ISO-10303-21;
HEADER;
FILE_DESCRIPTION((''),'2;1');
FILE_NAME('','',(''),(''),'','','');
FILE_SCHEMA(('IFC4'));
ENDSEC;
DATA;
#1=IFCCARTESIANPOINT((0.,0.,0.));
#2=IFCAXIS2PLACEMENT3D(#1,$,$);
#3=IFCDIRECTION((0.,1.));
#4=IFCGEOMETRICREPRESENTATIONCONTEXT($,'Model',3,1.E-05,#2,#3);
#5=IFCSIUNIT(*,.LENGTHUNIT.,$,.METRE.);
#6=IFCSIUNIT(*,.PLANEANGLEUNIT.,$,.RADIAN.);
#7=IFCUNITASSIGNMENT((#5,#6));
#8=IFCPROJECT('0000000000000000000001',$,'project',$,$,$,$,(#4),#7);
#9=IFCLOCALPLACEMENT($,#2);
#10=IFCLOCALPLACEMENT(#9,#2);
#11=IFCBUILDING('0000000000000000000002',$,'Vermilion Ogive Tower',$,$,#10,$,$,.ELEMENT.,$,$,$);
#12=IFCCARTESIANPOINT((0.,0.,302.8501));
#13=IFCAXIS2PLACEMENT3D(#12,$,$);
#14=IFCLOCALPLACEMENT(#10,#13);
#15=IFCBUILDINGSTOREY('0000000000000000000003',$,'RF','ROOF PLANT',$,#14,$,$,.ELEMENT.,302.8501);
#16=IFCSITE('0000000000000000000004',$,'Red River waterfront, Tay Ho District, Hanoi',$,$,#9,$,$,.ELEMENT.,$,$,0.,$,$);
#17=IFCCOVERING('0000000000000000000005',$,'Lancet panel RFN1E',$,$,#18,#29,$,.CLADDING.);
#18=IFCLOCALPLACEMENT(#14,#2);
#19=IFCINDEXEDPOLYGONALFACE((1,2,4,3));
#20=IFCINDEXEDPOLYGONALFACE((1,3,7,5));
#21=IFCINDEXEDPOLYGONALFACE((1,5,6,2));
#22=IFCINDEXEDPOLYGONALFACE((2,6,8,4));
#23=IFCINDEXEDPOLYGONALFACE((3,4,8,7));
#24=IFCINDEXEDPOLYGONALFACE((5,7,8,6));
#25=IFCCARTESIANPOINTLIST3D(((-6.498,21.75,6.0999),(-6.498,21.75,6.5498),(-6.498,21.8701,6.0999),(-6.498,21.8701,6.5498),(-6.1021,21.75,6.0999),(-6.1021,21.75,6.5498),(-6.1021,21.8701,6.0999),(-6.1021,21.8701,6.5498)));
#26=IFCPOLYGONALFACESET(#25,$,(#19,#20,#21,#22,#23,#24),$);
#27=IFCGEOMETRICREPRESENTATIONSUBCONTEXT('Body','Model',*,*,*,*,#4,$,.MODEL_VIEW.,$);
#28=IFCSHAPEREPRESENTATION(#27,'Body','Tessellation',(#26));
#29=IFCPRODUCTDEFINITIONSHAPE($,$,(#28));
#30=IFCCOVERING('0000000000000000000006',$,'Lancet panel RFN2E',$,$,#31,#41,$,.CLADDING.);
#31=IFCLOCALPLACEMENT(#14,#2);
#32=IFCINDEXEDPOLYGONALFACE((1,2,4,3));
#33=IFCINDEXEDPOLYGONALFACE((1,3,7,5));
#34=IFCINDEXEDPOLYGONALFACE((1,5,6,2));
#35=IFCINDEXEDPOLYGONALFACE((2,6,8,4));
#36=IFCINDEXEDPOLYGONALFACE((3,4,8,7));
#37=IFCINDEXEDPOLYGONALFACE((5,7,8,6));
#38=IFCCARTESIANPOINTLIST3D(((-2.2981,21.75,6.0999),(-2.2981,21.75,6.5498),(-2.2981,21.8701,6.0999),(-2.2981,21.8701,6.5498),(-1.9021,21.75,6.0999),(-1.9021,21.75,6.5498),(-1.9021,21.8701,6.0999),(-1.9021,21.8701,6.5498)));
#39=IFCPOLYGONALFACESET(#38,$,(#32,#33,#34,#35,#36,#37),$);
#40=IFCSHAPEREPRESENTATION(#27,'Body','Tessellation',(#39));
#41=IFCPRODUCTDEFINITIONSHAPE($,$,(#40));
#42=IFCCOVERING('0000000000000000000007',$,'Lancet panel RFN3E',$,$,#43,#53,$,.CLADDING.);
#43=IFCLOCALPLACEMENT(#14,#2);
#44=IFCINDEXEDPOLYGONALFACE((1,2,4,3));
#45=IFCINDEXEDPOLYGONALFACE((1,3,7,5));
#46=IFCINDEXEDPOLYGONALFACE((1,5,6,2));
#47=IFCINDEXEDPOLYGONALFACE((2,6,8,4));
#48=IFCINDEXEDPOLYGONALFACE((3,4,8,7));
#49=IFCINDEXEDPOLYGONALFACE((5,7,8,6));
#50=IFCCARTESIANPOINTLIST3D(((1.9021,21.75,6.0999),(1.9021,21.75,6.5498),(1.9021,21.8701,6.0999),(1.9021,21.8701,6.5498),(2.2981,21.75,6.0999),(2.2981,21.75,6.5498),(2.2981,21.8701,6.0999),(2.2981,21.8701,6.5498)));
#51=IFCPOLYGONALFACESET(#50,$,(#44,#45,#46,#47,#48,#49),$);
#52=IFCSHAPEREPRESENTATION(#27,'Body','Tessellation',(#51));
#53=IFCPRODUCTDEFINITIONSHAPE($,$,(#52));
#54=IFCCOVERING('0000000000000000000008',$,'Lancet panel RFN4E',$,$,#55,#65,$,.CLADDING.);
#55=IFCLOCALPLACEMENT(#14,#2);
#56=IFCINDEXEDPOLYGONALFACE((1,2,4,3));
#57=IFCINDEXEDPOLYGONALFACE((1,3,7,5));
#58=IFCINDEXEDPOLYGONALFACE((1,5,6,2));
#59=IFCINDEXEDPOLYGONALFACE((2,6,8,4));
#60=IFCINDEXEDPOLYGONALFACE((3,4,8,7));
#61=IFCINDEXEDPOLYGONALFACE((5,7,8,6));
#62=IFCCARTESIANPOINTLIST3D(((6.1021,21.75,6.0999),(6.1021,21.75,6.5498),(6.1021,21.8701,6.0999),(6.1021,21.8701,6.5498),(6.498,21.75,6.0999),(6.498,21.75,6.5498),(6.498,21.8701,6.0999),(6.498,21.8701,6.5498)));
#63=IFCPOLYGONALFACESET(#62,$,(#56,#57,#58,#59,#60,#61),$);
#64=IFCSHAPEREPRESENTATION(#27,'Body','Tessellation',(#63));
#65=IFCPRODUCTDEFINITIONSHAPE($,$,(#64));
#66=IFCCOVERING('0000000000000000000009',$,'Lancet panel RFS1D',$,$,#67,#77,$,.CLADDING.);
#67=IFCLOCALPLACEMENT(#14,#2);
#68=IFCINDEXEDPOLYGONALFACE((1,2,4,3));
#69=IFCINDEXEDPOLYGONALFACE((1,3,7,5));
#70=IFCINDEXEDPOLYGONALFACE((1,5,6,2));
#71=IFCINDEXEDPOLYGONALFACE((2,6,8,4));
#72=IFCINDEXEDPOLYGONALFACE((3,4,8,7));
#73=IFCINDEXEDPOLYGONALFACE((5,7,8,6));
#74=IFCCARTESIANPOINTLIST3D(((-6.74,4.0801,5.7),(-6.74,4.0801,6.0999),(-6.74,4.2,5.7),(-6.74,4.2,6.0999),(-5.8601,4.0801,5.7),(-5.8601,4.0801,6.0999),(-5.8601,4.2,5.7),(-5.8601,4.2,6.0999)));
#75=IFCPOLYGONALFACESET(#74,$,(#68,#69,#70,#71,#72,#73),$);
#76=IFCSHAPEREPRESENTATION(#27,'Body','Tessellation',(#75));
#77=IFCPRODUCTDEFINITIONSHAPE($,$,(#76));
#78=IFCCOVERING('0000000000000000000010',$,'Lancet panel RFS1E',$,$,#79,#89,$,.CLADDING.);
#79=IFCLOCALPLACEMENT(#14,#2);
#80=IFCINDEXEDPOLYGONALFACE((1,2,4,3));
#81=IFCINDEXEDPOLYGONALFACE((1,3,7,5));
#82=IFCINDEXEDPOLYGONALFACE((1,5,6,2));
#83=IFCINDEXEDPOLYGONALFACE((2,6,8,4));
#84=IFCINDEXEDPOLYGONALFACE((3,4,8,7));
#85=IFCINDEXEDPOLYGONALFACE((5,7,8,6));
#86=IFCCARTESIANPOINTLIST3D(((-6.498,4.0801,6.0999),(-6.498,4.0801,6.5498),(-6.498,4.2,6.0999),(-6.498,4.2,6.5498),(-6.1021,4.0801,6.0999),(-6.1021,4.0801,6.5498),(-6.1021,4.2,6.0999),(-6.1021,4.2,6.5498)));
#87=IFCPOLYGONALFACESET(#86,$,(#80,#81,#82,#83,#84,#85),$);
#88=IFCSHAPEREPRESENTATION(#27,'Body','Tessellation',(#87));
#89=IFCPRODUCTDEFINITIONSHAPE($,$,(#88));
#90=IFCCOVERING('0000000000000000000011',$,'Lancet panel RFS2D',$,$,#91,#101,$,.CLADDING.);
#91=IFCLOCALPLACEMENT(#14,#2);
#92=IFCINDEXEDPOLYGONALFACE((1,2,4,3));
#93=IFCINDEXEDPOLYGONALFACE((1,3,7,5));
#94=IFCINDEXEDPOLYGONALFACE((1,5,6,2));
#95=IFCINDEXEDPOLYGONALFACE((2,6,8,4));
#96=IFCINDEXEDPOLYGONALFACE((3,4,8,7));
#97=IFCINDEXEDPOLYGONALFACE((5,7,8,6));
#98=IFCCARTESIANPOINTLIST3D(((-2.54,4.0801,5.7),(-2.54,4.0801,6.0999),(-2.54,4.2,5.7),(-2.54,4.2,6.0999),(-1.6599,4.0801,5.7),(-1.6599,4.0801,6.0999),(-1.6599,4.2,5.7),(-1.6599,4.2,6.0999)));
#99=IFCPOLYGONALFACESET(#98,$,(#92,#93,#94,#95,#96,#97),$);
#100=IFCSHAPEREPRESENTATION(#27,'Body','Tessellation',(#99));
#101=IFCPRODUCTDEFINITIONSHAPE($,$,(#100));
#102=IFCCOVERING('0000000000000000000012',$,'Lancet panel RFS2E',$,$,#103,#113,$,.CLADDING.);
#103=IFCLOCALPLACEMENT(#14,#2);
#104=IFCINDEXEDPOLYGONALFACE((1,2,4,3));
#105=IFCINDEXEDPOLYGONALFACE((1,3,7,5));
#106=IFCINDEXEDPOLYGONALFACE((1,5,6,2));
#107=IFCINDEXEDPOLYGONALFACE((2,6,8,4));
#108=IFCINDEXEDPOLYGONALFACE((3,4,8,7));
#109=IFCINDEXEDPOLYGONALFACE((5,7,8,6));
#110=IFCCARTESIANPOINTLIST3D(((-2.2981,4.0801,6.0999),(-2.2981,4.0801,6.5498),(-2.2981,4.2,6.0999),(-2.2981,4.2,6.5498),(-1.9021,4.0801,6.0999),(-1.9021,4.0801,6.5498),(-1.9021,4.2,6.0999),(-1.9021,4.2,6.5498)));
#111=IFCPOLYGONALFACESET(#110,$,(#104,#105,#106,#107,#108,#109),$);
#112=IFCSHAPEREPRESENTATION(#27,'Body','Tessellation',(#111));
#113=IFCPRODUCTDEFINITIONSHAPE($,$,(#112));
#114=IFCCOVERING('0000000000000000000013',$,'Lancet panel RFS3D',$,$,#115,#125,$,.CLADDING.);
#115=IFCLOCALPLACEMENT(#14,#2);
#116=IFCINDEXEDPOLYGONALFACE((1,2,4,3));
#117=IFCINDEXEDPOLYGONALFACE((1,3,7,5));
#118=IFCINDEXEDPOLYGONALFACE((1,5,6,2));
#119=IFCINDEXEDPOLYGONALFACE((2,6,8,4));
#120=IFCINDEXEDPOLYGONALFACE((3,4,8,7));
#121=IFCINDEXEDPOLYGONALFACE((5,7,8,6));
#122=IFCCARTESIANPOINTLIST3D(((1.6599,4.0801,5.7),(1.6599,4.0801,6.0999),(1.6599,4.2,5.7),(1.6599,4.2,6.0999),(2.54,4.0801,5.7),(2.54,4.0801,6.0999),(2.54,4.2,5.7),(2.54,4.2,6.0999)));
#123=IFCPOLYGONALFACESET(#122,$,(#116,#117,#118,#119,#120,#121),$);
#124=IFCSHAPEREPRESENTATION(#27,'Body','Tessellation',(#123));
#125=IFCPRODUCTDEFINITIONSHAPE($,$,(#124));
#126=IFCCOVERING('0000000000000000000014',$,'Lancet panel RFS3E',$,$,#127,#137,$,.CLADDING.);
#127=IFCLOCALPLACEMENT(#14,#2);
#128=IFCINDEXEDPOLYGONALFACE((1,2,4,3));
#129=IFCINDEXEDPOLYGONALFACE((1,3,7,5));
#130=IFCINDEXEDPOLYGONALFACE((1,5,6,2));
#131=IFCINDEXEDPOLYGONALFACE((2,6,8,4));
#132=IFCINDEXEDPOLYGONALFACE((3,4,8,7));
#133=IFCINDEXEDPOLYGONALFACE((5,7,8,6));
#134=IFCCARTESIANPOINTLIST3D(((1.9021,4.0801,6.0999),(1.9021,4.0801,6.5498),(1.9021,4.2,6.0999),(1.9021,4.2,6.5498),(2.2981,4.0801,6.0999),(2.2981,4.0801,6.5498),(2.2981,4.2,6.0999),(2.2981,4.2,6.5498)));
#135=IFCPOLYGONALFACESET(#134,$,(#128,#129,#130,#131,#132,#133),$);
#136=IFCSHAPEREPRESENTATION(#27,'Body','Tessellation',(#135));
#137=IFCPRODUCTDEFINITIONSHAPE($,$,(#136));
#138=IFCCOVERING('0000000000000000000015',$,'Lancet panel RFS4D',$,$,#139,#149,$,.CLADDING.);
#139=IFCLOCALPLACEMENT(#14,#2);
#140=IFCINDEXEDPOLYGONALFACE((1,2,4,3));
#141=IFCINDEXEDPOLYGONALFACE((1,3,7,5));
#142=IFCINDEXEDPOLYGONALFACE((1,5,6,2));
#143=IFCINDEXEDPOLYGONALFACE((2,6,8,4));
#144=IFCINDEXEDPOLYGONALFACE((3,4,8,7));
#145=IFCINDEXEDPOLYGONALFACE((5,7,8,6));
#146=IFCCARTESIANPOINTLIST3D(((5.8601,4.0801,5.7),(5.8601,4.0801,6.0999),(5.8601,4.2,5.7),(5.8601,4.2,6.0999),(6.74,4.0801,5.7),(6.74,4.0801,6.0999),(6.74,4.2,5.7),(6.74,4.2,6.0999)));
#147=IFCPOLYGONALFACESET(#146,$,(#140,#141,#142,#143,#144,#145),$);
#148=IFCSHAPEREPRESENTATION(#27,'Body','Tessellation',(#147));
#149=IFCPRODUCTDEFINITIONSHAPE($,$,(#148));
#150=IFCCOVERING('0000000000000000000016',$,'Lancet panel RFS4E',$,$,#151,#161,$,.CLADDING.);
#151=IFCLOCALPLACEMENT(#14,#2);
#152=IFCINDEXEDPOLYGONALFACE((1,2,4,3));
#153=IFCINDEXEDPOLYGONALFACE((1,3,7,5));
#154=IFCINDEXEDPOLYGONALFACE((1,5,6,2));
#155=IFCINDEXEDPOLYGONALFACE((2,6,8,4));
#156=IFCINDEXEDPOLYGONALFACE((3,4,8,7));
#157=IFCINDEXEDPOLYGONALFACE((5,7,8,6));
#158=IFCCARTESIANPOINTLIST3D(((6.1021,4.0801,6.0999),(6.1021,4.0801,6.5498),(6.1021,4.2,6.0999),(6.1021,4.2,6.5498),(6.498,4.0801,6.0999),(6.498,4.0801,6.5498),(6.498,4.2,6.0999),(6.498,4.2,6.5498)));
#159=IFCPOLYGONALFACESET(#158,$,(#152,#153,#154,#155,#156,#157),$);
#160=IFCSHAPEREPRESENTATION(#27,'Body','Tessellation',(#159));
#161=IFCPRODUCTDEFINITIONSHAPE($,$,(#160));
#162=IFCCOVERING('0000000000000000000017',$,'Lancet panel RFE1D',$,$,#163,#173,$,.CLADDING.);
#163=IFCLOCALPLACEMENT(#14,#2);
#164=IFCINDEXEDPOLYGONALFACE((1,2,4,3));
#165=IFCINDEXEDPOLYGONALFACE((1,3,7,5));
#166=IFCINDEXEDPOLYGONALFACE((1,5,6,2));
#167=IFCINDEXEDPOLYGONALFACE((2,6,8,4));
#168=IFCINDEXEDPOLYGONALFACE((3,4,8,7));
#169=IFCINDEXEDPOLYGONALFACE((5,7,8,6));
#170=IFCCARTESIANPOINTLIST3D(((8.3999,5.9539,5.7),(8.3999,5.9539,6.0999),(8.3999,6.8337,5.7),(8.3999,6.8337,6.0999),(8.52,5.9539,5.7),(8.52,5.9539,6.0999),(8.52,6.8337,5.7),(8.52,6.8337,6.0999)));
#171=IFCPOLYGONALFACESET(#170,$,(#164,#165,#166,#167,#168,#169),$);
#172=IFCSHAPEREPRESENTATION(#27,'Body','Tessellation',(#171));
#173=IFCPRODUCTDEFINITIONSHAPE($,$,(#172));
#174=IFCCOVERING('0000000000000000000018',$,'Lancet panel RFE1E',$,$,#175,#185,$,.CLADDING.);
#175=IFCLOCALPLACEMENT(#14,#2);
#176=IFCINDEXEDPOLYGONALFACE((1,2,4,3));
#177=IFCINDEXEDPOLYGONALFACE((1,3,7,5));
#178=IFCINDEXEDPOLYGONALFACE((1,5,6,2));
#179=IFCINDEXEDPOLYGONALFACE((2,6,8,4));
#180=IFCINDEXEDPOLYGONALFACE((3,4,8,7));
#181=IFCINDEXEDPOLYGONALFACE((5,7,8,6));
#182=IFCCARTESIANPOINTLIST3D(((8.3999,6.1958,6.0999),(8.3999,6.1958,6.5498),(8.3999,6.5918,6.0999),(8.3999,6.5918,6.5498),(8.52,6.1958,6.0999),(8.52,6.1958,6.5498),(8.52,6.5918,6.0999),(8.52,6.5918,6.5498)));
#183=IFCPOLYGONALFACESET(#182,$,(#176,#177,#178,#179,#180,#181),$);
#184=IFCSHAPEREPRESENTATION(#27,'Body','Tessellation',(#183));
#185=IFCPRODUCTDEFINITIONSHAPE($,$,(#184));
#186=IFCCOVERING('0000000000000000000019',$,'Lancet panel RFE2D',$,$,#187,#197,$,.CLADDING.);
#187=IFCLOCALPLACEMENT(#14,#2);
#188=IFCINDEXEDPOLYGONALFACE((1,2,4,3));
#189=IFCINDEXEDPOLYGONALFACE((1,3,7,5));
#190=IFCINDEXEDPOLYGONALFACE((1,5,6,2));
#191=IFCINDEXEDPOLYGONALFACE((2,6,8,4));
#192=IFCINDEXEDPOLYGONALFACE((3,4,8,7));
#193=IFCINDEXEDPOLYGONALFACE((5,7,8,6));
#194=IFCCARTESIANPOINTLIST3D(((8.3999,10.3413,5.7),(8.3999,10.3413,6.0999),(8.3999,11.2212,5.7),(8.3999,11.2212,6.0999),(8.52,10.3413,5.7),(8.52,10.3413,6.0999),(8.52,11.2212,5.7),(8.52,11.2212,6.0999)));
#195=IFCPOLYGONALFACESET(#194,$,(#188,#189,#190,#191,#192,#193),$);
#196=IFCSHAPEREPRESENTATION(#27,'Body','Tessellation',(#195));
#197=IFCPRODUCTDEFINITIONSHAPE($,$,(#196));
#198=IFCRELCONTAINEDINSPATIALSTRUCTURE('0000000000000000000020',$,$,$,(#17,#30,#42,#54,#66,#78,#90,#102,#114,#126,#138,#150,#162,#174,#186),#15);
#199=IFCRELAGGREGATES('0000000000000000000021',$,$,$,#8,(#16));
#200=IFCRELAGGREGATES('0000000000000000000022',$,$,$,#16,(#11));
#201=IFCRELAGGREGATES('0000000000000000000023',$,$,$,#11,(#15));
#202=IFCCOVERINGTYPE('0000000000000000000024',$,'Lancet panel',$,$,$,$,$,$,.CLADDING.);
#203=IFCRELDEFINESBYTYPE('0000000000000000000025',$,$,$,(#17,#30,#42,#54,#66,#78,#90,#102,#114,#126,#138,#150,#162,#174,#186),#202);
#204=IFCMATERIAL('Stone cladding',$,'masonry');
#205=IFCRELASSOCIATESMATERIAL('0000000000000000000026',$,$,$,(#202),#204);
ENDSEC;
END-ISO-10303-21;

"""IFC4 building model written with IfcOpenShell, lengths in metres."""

from ifc_helpers import new_model, si_unit, direction, frame, origin, place, context, subcontext, project, spatial, polyline, outline, extrude, material, type_object, element, save


model = new_model("IFC4")

# Units and contexts
model_context = context("Model", 3, precision=1e-05, world=origin(), true_north=direction((0.0, 1.0)))
body_context = subcontext(model_context, "Body", "Model", "MODEL_VIEW")
ifc_project = project(units=[si_unit("LENGTHUNIT", "METRE"), si_unit("PLANEANGLEUNIT", "RADIAN")], contexts=[model_context])

# Site, building, storey
site_placement = place(None, origin())
site = spatial("IfcSite", under=ifc_project, at=site_placement, Name="Red River waterfront, Tay Ho District, Hanoi", CompositionType="ELEMENT", RefElevation=0.0)
building_placement = place(site_placement, origin())
building = spatial("IfcBuilding", under=site, at=building_placement, Name="Vermilion Ogive Tower", CompositionType="ELEMENT")
storey_placement = place(building_placement, frame((0.0, 0.0, 302.8501)))
storey = spatial("IfcBuildingStorey", under=building, at=storey_placement, Name="RF", Description="ROOF PLANT", CompositionType="ELEMENT", Elevation=302.8501)

# Coverings
ifc_material_1 = material(Name="Stone cladding", Category="masonry")
covering_type_1 = type_object("IfcCoveringType", Name="Lancet panel", PredefinedType="CLADDING", material=ifc_material_1)
covering_1_placement = place(storey_placement, frame((0.0, 0.0, 6.0999)))
element("IfcCovering", 1, at=covering_1_placement, inside=storey, type_object=covering_type_1, Name="Lancet panel RFN1E", PredefinedType="CLADDING", context=body_context, shape_type="SweptSolid", body=[
    extrude(outline(polyline([(-6.498, 21.75), (-6.1021, 21.75), (-6.1021, 21.8701), (-6.498, 21.8701), (-6.498, 21.75)])), origin(), (0.0, 0.0, 1.0), 0.45),
])
covering_2_placement = place(storey_placement, frame((0.0, 0.0, 6.0999)))
element("IfcCovering", 2, at=covering_2_placement, inside=storey, type_object=covering_type_1, Name="Lancet panel RFN2E", PredefinedType="CLADDING", context=body_context, shape_type="SweptSolid", body=[
    extrude(outline(polyline([(-2.2981, 21.75), (-1.9021, 21.75), (-1.9021, 21.8701), (-2.2981, 21.8701), (-2.2981, 21.75)])), origin(), (0.0, 0.0, 1.0), 0.45),
])
covering_3_placement = place(storey_placement, frame((0.0, 0.0, 6.0999)))
element("IfcCovering", 3, at=covering_3_placement, inside=storey, type_object=covering_type_1, Name="Lancet panel RFN3E", PredefinedType="CLADDING", context=body_context, shape_type="SweptSolid", body=[
    extrude(outline(polyline([(1.9021, 21.75), (2.2981, 21.75), (2.2981, 21.8701), (1.9021, 21.8701), (1.9021, 21.75)])), origin(), (0.0, 0.0, 1.0), 0.45),
])
covering_4_placement = place(storey_placement, frame((0.0, 0.0, 6.0999)))
element("IfcCovering", 4, at=covering_4_placement, inside=storey, type_object=covering_type_1, Name="Lancet panel RFN4E", PredefinedType="CLADDING", context=body_context, shape_type="SweptSolid", body=[
    extrude(outline(polyline([(6.1021, 21.75), (6.498, 21.75), (6.498, 21.8701), (6.1021, 21.8701), (6.1021, 21.75)])), origin(), (0.0, 0.0, 1.0), 0.45),
])
covering_5_placement = place(storey_placement, frame((0.0, 0.0, 5.7)))
element("IfcCovering", 5, at=covering_5_placement, inside=storey, type_object=covering_type_1, Name="Lancet panel RFS1D", PredefinedType="CLADDING", context=body_context, shape_type="SweptSolid", body=[
    extrude(outline(polyline([(-5.8601, 4.2), (-6.74, 4.2), (-6.74, 4.0801), (-5.8601, 4.0801), (-5.8601, 4.2)])), origin(), (0.0, 0.0, 1.0), 0.3999),
])
covering_6_placement = place(storey_placement, frame((0.0, 0.0, 6.0999)))
element("IfcCovering", 6, at=covering_6_placement, inside=storey, type_object=covering_type_1, Name="Lancet panel RFS1E", PredefinedType="CLADDING", context=body_context, shape_type="SweptSolid", body=[
    extrude(outline(polyline([(-6.1021, 4.2), (-6.498, 4.2), (-6.498, 4.0801), (-6.1021, 4.0801), (-6.1021, 4.2)])), origin(), (0.0, 0.0, 1.0), 0.45),
])
covering_7_placement = place(storey_placement, frame((0.0, 0.0, 5.7)))
element("IfcCovering", 7, at=covering_7_placement, inside=storey, type_object=covering_type_1, Name="Lancet panel RFS2D", PredefinedType="CLADDING", context=body_context, shape_type="SweptSolid", body=[
    extrude(outline(polyline([(-1.6599, 4.2), (-2.54, 4.2), (-2.54, 4.0801), (-1.6599, 4.0801), (-1.6599, 4.2)])), origin(), (0.0, 0.0, 1.0), 0.3999),
])
covering_8_placement = place(storey_placement, frame((0.0, 0.0, 6.0999)))
element("IfcCovering", 8, at=covering_8_placement, inside=storey, type_object=covering_type_1, Name="Lancet panel RFS2E", PredefinedType="CLADDING", context=body_context, shape_type="SweptSolid", body=[
    extrude(outline(polyline([(-1.9021, 4.2), (-2.2981, 4.2), (-2.2981, 4.0801), (-1.9021, 4.0801), (-1.9021, 4.2)])), origin(), (0.0, 0.0, 1.0), 0.45),
])
covering_9_placement = place(storey_placement, frame((0.0, 0.0, 5.7)))
element("IfcCovering", 9, at=covering_9_placement, inside=storey, type_object=covering_type_1, Name="Lancet panel RFS3D", PredefinedType="CLADDING", context=body_context, shape_type="SweptSolid", body=[
    extrude(outline(polyline([(2.54, 4.2), (1.6599, 4.2), (1.6599, 4.0801), (2.54, 4.0801), (2.54, 4.2)])), origin(), (0.0, 0.0, 1.0), 0.3999),
])
covering_10_placement = place(storey_placement, frame((0.0, 0.0, 6.0999)))
element("IfcCovering", 10, at=covering_10_placement, inside=storey, type_object=covering_type_1, Name="Lancet panel RFS3E", PredefinedType="CLADDING", context=body_context, shape_type="SweptSolid", body=[
    extrude(outline(polyline([(2.2981, 4.2), (1.9021, 4.2), (1.9021, 4.0801), (2.2981, 4.0801), (2.2981, 4.2)])), origin(), (0.0, 0.0, 1.0), 0.45),
])
covering_11_placement = place(storey_placement, frame((0.0, 0.0, 5.7)))
element("IfcCovering", 11, at=covering_11_placement, inside=storey, type_object=covering_type_1, Name="Lancet panel RFS4D", PredefinedType="CLADDING", context=body_context, shape_type="SweptSolid", body=[
    extrude(outline(polyline([(6.74, 4.2), (5.8601, 4.2), (5.8601, 4.0801), (6.74, 4.0801), (6.74, 4.2)])), origin(), (0.0, 0.0, 1.0), 0.3999),
])
covering_12_placement = place(storey_placement, frame((0.0, 0.0, 6.0999)))
element("IfcCovering", 12, at=covering_12_placement, inside=storey, type_object=covering_type_1, Name="Lancet panel RFS4E", PredefinedType="CLADDING", context=body_context, shape_type="SweptSolid", body=[
    extrude(outline(polyline([(6.498, 4.2), (6.1021, 4.2), (6.1021, 4.0801), (6.498, 4.0801), (6.498, 4.2)])), origin(), (0.0, 0.0, 1.0), 0.45),
])
covering_13_placement = place(storey_placement, frame((0.0, 0.0, 5.7)))
element("IfcCovering", 13, at=covering_13_placement, inside=storey, type_object=covering_type_1, Name="Lancet panel RFE1D", PredefinedType="CLADDING", context=body_context, shape_type="SweptSolid", body=[
    extrude(outline(polyline([(8.3999, 6.8337), (8.3999, 5.9539), (8.52, 5.9539), (8.52, 6.8337), (8.3999, 6.8337)])), origin(), (0.0, 0.0, 1.0), 0.3999),
])
covering_14_placement = place(storey_placement, frame((0.0, 0.0, 6.0999)))
element("IfcCovering", 14, at=covering_14_placement, inside=storey, type_object=covering_type_1, Name="Lancet panel RFE1E", PredefinedType="CLADDING", context=body_context, shape_type="SweptSolid", body=[
    extrude(outline(polyline([(8.3999, 6.5918), (8.3999, 6.1958), (8.52, 6.1958), (8.52, 6.5918), (8.3999, 6.5918)])), origin(), (0.0, 0.0, 1.0), 0.45),
])
covering_15_placement = place(storey_placement, frame((0.0, 0.0, 5.7)))
element("IfcCovering", 15, at=covering_15_placement, inside=storey, type_object=covering_type_1, Name="Lancet panel RFE2D", PredefinedType="CLADDING", context=body_context, shape_type="SweptSolid", body=[
    extrude(outline(polyline([(8.3999, 11.2212), (8.3999, 10.3413), (8.52, 10.3413), (8.52, 11.2212), (8.3999, 11.2212)])), origin(), (0.0, 0.0, 1.0), 0.3999),
])

save(model, "model.ifc")
